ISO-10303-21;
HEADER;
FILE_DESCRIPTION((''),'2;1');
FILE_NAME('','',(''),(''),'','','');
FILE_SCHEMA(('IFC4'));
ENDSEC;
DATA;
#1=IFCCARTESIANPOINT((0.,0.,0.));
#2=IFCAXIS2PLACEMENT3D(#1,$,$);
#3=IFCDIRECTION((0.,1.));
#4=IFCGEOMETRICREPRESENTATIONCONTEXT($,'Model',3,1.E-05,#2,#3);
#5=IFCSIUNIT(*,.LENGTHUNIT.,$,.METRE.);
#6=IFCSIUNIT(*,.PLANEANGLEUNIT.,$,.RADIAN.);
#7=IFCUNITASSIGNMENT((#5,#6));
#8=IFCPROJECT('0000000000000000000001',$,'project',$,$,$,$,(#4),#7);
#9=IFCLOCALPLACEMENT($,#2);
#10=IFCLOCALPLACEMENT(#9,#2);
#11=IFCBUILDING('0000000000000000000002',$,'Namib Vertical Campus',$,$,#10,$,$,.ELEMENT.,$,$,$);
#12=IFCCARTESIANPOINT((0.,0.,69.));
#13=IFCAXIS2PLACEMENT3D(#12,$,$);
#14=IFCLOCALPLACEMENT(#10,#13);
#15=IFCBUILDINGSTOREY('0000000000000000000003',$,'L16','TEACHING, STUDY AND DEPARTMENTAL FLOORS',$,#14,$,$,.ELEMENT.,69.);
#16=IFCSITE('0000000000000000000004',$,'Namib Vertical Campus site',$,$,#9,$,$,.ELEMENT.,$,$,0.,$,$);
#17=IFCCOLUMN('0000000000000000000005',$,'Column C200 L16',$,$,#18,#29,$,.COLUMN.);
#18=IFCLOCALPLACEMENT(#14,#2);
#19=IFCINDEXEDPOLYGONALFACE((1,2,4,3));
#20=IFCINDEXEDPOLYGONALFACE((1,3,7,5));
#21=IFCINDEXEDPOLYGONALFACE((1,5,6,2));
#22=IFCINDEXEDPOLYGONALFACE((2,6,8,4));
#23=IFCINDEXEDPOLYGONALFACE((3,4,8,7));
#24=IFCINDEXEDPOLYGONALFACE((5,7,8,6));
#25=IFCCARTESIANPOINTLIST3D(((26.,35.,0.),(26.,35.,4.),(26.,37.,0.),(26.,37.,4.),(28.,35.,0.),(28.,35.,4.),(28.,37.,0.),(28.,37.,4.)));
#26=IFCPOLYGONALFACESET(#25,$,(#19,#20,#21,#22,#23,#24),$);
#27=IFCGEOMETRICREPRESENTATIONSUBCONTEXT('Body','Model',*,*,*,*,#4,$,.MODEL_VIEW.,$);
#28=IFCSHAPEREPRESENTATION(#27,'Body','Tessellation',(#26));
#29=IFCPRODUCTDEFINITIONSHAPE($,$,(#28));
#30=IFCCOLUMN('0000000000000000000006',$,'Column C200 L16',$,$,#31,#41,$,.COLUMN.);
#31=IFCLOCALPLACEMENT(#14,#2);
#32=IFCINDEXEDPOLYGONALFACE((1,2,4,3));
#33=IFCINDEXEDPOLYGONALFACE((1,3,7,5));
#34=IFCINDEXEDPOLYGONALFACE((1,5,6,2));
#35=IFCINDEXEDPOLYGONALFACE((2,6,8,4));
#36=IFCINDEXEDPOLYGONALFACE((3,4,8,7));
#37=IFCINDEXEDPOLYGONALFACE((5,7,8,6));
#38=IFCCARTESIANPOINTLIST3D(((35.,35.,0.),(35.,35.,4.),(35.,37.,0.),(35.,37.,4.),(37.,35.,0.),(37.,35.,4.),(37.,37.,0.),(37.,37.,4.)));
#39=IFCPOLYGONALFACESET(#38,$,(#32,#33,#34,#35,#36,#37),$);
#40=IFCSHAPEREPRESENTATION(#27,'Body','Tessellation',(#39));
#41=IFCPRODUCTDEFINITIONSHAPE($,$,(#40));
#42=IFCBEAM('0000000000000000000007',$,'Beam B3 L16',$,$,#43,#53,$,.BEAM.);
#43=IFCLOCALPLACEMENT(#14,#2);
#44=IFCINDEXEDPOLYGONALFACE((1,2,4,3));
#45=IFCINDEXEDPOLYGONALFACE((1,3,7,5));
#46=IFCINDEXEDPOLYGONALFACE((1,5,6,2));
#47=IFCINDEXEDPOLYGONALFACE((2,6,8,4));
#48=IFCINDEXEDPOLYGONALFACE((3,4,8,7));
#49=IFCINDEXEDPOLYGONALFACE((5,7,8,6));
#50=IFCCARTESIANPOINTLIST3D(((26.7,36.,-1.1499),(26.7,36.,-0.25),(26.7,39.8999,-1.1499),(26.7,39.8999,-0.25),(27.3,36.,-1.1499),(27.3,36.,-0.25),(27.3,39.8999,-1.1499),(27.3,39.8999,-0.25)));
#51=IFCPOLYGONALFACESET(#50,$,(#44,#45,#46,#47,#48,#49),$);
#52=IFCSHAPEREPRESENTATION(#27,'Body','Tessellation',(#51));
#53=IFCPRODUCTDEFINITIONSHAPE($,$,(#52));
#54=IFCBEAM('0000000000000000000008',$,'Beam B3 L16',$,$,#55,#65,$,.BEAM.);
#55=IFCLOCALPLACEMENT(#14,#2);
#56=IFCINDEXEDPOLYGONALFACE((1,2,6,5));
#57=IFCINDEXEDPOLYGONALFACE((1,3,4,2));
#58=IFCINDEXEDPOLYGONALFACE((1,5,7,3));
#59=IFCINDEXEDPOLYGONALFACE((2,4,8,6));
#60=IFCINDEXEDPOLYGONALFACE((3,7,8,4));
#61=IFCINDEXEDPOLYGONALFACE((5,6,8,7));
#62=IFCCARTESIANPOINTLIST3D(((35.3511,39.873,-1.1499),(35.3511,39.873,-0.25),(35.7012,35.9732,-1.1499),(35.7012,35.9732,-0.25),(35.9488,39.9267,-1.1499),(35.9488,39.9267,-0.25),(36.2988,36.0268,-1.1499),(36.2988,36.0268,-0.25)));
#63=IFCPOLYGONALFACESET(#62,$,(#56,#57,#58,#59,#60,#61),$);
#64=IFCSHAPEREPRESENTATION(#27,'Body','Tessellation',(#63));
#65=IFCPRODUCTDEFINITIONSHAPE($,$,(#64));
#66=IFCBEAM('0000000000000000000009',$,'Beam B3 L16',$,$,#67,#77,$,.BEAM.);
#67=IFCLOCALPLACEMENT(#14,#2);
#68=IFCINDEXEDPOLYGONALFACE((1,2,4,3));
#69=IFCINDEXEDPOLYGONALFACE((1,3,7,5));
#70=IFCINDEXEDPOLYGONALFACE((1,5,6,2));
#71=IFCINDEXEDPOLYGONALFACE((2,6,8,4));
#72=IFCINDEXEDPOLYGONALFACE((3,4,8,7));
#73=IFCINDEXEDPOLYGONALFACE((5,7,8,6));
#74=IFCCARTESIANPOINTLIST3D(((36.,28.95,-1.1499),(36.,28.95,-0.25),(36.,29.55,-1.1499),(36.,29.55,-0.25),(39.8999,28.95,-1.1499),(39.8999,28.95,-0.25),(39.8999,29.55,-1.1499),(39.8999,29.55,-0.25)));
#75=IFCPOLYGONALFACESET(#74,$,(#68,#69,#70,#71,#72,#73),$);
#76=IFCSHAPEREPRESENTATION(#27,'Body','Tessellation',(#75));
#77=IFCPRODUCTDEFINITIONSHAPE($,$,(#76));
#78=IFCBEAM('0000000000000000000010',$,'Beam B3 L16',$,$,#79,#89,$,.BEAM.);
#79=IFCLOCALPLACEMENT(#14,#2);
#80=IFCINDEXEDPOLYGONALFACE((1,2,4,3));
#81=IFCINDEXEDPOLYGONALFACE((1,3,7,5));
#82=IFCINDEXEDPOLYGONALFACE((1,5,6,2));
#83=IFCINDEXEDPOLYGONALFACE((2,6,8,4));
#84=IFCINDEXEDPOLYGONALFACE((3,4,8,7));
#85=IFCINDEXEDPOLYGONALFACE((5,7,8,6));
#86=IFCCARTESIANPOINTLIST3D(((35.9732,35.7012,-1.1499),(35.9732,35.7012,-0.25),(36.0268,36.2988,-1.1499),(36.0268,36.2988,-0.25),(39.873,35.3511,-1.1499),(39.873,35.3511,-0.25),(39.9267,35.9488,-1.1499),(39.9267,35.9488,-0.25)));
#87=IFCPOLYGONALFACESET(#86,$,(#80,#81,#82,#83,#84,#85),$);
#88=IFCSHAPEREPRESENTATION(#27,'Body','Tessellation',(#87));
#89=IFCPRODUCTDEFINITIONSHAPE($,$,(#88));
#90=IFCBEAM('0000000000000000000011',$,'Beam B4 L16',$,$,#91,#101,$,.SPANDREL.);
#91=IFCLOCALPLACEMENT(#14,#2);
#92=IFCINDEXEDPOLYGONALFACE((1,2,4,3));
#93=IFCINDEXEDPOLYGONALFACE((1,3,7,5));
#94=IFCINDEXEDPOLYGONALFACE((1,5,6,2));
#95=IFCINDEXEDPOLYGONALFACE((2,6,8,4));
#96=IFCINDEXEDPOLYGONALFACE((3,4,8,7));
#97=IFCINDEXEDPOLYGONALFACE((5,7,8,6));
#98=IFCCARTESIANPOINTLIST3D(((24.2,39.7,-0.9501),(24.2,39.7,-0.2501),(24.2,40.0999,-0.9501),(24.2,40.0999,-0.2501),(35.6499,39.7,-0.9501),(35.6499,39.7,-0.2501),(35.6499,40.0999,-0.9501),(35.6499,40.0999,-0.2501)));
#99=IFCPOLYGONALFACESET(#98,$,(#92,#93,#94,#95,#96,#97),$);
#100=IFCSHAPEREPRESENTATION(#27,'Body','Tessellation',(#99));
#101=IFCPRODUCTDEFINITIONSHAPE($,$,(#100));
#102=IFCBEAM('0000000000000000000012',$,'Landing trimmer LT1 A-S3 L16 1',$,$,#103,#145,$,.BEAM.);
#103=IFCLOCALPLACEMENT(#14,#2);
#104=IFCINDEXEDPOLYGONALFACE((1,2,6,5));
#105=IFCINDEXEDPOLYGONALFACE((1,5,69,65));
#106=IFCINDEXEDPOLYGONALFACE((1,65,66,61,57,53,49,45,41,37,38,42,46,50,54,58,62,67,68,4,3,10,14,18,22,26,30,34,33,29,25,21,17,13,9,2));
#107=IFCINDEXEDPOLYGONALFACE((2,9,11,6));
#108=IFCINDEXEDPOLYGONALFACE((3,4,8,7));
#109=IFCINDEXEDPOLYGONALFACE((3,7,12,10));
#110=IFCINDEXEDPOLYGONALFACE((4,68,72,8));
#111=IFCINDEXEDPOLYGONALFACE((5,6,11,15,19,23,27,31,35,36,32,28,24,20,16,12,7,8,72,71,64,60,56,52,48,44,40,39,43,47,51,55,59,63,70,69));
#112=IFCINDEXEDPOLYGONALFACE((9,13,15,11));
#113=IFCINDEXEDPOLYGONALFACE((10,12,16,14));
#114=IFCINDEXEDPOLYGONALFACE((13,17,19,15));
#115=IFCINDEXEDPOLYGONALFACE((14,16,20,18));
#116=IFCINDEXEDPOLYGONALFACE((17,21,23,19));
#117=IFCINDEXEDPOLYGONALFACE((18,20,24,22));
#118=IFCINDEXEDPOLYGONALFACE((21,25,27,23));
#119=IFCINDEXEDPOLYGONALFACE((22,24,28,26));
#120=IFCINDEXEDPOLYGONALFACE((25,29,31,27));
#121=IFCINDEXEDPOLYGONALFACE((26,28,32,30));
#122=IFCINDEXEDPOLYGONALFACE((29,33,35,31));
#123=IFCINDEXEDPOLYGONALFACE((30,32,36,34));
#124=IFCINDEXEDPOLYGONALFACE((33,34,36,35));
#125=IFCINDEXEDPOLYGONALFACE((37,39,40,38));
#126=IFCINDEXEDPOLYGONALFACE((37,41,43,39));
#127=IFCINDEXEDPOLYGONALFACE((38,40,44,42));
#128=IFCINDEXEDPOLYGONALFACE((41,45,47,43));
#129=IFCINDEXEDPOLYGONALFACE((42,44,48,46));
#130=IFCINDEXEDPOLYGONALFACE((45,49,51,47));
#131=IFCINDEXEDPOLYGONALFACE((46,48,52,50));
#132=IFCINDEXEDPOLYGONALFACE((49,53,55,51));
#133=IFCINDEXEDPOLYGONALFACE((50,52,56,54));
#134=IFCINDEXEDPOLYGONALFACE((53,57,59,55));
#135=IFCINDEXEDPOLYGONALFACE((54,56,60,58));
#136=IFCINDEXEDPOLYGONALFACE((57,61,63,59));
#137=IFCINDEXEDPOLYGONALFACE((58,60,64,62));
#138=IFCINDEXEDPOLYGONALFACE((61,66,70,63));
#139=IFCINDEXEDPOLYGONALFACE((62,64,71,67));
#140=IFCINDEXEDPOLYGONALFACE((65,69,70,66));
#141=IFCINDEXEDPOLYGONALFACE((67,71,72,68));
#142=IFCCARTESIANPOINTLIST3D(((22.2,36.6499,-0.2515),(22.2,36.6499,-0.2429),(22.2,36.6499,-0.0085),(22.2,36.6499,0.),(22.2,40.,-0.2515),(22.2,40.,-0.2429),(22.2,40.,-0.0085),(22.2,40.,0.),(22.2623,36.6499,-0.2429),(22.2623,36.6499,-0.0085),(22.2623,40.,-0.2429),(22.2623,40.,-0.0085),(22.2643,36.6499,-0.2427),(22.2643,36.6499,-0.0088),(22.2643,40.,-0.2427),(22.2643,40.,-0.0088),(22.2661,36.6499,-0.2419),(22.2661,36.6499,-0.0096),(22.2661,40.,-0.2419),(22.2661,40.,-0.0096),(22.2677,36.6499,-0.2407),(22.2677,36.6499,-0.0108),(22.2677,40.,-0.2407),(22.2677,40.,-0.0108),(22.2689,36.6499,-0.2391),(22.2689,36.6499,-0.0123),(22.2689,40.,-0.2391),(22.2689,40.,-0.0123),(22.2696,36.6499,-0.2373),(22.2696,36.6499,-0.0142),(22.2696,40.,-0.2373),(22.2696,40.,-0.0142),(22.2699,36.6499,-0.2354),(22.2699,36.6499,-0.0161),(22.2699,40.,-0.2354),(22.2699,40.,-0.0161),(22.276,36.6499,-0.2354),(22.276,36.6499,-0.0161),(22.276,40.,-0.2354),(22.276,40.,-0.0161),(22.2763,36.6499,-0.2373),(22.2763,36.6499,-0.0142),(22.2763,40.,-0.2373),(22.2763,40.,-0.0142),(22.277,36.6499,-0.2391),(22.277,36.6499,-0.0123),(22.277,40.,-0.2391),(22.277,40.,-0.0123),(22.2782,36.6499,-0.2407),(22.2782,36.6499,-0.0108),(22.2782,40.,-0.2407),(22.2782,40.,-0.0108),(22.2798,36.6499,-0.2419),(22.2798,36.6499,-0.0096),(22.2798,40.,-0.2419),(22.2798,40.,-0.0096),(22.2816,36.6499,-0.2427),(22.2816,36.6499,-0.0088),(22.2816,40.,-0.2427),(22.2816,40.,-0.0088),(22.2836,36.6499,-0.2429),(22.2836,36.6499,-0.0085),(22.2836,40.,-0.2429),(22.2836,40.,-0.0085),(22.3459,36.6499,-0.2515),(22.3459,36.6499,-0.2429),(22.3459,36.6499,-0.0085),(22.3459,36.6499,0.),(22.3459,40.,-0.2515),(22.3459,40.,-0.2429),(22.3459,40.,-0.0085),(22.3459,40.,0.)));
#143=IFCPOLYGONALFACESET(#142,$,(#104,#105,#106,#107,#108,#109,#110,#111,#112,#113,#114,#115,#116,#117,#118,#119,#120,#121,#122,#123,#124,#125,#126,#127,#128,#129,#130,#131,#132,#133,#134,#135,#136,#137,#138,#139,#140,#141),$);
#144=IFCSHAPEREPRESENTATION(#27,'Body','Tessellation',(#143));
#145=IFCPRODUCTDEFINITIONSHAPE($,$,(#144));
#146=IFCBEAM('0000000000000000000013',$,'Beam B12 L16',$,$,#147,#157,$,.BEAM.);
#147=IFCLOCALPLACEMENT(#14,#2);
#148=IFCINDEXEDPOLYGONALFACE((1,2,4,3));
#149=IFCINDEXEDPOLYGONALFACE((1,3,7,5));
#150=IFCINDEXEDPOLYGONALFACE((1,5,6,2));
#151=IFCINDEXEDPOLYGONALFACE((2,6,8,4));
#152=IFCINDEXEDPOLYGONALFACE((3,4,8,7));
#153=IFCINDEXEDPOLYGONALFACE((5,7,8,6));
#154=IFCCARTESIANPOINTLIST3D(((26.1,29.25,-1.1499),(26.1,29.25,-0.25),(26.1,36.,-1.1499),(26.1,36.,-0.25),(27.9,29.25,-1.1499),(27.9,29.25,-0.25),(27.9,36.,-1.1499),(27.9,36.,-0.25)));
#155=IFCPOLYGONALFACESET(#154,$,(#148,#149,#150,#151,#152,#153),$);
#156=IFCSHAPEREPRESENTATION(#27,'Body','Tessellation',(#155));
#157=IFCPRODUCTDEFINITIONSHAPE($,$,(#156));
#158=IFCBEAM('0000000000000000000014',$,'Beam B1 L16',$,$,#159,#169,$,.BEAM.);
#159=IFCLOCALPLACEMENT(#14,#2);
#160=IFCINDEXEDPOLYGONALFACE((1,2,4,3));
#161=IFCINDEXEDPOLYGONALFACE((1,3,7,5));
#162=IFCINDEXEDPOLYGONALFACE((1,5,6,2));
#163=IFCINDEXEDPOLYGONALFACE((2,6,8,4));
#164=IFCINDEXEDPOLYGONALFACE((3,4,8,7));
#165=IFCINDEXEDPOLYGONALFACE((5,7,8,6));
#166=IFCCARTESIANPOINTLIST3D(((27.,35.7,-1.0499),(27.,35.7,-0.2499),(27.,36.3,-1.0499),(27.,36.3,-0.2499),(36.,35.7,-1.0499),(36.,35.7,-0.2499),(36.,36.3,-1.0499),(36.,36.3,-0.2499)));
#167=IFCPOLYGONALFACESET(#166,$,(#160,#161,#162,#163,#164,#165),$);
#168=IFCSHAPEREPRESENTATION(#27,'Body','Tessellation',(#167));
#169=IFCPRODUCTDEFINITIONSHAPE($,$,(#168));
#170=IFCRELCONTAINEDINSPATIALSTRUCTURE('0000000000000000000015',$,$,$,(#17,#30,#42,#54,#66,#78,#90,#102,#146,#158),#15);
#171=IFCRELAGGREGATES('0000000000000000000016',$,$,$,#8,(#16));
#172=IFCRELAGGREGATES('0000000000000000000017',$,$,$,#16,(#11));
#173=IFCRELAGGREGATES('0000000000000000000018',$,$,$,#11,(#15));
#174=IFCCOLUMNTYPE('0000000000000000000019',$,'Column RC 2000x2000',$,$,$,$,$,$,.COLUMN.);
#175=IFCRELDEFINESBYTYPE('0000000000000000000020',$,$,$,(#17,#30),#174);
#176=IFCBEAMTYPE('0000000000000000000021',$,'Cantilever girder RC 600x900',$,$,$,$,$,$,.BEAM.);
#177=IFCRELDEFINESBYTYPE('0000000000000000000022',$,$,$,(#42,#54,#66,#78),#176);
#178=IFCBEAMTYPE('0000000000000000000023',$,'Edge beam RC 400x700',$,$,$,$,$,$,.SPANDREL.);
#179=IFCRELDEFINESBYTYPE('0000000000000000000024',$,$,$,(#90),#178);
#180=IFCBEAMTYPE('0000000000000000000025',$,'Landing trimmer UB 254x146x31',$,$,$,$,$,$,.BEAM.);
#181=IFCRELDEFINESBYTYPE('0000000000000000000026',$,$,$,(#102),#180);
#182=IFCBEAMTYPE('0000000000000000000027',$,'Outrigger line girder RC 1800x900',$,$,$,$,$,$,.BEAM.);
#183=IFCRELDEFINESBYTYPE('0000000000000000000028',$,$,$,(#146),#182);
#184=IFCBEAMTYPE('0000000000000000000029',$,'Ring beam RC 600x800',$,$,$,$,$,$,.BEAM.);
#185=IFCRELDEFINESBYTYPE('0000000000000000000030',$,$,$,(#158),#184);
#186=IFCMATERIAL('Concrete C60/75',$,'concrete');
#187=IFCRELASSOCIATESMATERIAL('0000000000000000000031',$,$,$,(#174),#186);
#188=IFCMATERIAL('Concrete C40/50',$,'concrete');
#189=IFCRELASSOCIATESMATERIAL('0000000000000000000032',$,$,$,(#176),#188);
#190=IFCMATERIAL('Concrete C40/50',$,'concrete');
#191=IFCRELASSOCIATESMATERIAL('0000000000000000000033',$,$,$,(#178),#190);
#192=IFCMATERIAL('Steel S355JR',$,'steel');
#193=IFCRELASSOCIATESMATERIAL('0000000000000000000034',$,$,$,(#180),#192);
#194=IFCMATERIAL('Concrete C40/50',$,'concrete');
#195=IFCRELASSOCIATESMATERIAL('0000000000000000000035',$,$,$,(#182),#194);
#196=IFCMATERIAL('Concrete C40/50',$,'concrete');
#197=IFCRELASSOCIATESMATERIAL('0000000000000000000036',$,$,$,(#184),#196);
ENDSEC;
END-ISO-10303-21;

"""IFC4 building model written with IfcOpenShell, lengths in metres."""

from ifc_helpers import new_model, si_unit, direction, frame, origin, origin_2d, place, context, subcontext, project, spatial, rectangle, i_section, extrude, material, material_profile, profile_set, type_object, element, save


model = new_model("IFC4")

# Units and contexts
model_context = context("Model", 3, precision=1e-05, world=origin(), true_north=direction((0.0, 1.0)))
body_context = subcontext(model_context, "Body", "Model", "MODEL_VIEW")
ifc_project = project(units=[si_unit("LENGTHUNIT", "METRE"), si_unit("PLANEANGLEUNIT", "RADIAN")], contexts=[model_context])

# Site, building, storey
site_placement = place(None, origin())
site = spatial("IfcSite", under=ifc_project, at=site_placement, Name="Namib Vertical Campus site", CompositionType="ELEMENT", RefElevation=0.0)
building_placement = place(site_placement, origin())
building = spatial("IfcBuilding", under=site, at=building_placement, Name="Namib Vertical Campus", CompositionType="ELEMENT")
storey_placement = place(building_placement, frame((0.0, 0.0, 69.0)))
storey = spatial("IfcBuildingStorey", under=building, at=storey_placement, Name="L16", Description="TEACHING, STUDY AND DEPARTMENTAL FLOORS", CompositionType="ELEMENT", Elevation=69.0)

# Columns
ifc_material_1 = material(Name="Concrete C60/75", Category="concrete")
ifc_material_profile_1 = material_profile(ifc_material_1, rectangle(XDim=2.0, YDim=2.0, at=origin_2d()))
ifc_profile_set_1 = profile_set([ifc_material_profile_1], Name="Concrete C60/75")
column_type = type_object("IfcColumnType", Name="Column RC 2000x2000", PredefinedType="COLUMN", material=ifc_profile_set_1)
for number, where, z_axis, x_axis, name in (
    (1, (27.0, 36.0, 0.0), (0.0, 0.0, 1.0), (1.0, 0.0, 0.0), "Column C200 L16"),
    (2, (36.0, 36.0, 0.0), (0.0, 0.0, 1.0), (1.0, 0.0, 0.0), "Column C200 L16"),
):
    element("IfcColumn", number, at=place(storey_placement, frame(where, z_axis=z_axis, x_axis=x_axis)), inside=storey, type_object=column_type, Name=name, PredefinedType="COLUMN", context=body_context, shape_type="SweptSolid", body=[
        extrude(rectangle(XDim=2.0, YDim=2.0, at=origin_2d()), origin(), (0.0, 0.0, 1.0), 4.0),
    ])

# Beams
ifc_material_2 = material(Name="Concrete C40/50", Category="concrete")
ifc_material_profile_2 = material_profile(ifc_material_2, rectangle(XDim=0.6001, YDim=0.8999, at=origin_2d()))
ifc_profile_set_2 = profile_set([ifc_material_profile_2], Name="Concrete C40/50")
beam_type_1 = type_object("IfcBeamType", Name="Cantilever girder RC 600x900", PredefinedType="BEAM", material=ifc_profile_set_2)
beam_1_placement = place(storey_placement, frame((27.0, 36.0, -0.7), z_axis=(0.0, 1.0, 0.0), x_axis=(-1.0, 0.0, 0.0)))
element("IfcBeam", 3, at=beam_1_placement, inside=storey, type_object=beam_type_1, Name="Beam B3 L16", PredefinedType="BEAM", context=body_context, shape_type="SweptSolid", body=[
    extrude(rectangle(XDim=0.6001, YDim=0.8999, at=origin_2d()), origin(), (0.0, 0.0, 1.0), 3.8999),
])
beam_2_placement = place(storey_placement, frame((36.0, 36.0, -0.7), z_axis=(-0.089411, 0.995995, 0.0), x_axis=(-0.995995, -0.089411, 0.0)))
element("IfcBeam", 4, at=beam_2_placement, inside=storey, type_object=beam_type_1, Name="Beam B3 L16", PredefinedType="BEAM", context=body_context, shape_type="SweptSolid", body=[
    extrude(rectangle(XDim=0.6001, YDim=0.8999, at=origin_2d()), origin(), (0.0, 0.0, 1.0), 3.9155),
])
beam_3_placement = place(storey_placement, frame((36.0, 29.25, -0.7), z_axis=(1.0, 0.0, 0.0), x_axis=(0.0, 1.0, 0.0)))
element("IfcBeam", 5, at=beam_3_placement, inside=storey, type_object=beam_type_1, Name="Beam B3 L16", PredefinedType="BEAM", context=body_context, shape_type="SweptSolid", body=[
    extrude(rectangle(XDim=0.6001, YDim=0.8999, at=origin_2d()), origin(), (0.0, 0.0, 1.0), 3.8999),
])
beam_4_placement = place(storey_placement, frame((36.0, 36.0, -0.7), z_axis=(0.995995, -0.089411, 0.0), x_axis=(0.089411, 0.995995, 0.0)))
element("IfcBeam", 6, at=beam_4_placement, inside=storey, type_object=beam_type_1, Name="Beam B3 L16", PredefinedType="BEAM", context=body_context, shape_type="SweptSolid", body=[
    extrude(rectangle(XDim=0.6001, YDim=0.8999, at=origin_2d()), origin(), (0.0, 0.0, 1.0), 3.9155),
])
ifc_material_3 = material(Name="Concrete C40/50", Category="concrete")
ifc_material_profile_3 = material_profile(ifc_material_3, rectangle(XDim=0.3999, YDim=0.7, at=origin_2d()))
ifc_profile_set_3 = profile_set([ifc_material_profile_3], Name="Concrete C40/50")
beam_type_2 = type_object("IfcBeamType", Name="Edge beam RC 400x700", PredefinedType="SPANDREL", material=ifc_profile_set_3)
beam_5_placement = place(storey_placement, frame((24.2, 39.8999, -0.6001), z_axis=(1.0, 0.0, 0.0), x_axis=(0.0, 1.0, 0.0)))
element("IfcBeam", 7, at=beam_5_placement, inside=storey, type_object=beam_type_2, Name="Beam B4 L16", PredefinedType="SPANDREL", context=body_context, shape_type="SweptSolid", body=[
    extrude(rectangle(XDim=0.3999, YDim=0.7, at=origin_2d()), origin(), (0.0, 0.0, 1.0), 11.45),
])
ifc_material_4 = material(Name="Steel S355JR", Category="steel")
ifc_material_profile_4 = material_profile(ifc_material_4, i_section(OverallWidth=0.146, OverallDepth=0.2515, WebThickness=0.0061, FlangeThickness=0.0085, FilletRadius=0.0076, at=origin_2d()))
ifc_profile_set_4 = profile_set([ifc_material_profile_4], Name="Steel S355JR")
beam_type_3 = type_object("IfcBeamType", Name="Landing trimmer UB 254x146x31", PredefinedType="BEAM", material=ifc_profile_set_4)
beam_6_placement = place(storey_placement, frame((22.2729, 36.6499, -0.1257), z_axis=(0.0, 1.0, 0.0), x_axis=(-1.0, 0.0, 0.0)))
element("IfcBeam", 8, at=beam_6_placement, inside=storey, type_object=beam_type_3, Name="Landing trimmer LT1 A-S3 L16 1", PredefinedType="BEAM", context=body_context, shape_type="SweptSolid", body=[
    extrude(i_section(OverallWidth=0.146, OverallDepth=0.2515, WebThickness=0.0061, FlangeThickness=0.0085, FilletRadius=0.0076, at=origin_2d()), origin(), (0.0, 0.0, 1.0), 3.3501),
])
ifc_material_5 = material(Name="Concrete C40/50", Category="concrete")
ifc_material_profile_5 = material_profile(ifc_material_5, rectangle(XDim=1.8, YDim=0.8999, at=origin_2d()))
ifc_profile_set_5 = profile_set([ifc_material_profile_5], Name="Concrete C40/50")
beam_type_4 = type_object("IfcBeamType", Name="Outrigger line girder RC 1800x900", PredefinedType="BEAM", material=ifc_profile_set_5)
beam_7_placement = place(storey_placement, frame((27.0, 36.0, -0.7), z_axis=(0.0, -1.0, 0.0), x_axis=(1.0, 0.0, 0.0)))
element("IfcBeam", 9, at=beam_7_placement, inside=storey, type_object=beam_type_4, Name="Beam B12 L16", PredefinedType="BEAM", context=body_context, shape_type="SweptSolid", body=[
    extrude(rectangle(XDim=1.8, YDim=0.8999, at=origin_2d()), origin(), (0.0, 0.0, 1.0), 6.75),
])
ifc_material_6 = material(Name="Concrete C40/50", Category="concrete")
ifc_material_profile_6 = material_profile(ifc_material_6, rectangle(XDim=0.6001, YDim=0.8, at=origin_2d()))
ifc_profile_set_6 = profile_set([ifc_material_profile_6], Name="Concrete C40/50")
beam_type_5 = type_object("IfcBeamType", Name="Ring beam RC 600x800", PredefinedType="BEAM", material=ifc_profile_set_6)
beam_8_placement = place(storey_placement, frame((27.0, 36.0, -0.6499), z_axis=(1.0, 0.0, 0.0), x_axis=(0.0, 1.0, 0.0)))
element("IfcBeam", 10, at=beam_8_placement, inside=storey, type_object=beam_type_5, Name="Beam B1 L16", PredefinedType="BEAM", context=body_context, shape_type="SweptSolid", body=[
    extrude(rectangle(XDim=0.6001, YDim=0.8, at=origin_2d()), origin(), (0.0, 0.0, 1.0), 9.0),
])

save(model, "model.ifc")
